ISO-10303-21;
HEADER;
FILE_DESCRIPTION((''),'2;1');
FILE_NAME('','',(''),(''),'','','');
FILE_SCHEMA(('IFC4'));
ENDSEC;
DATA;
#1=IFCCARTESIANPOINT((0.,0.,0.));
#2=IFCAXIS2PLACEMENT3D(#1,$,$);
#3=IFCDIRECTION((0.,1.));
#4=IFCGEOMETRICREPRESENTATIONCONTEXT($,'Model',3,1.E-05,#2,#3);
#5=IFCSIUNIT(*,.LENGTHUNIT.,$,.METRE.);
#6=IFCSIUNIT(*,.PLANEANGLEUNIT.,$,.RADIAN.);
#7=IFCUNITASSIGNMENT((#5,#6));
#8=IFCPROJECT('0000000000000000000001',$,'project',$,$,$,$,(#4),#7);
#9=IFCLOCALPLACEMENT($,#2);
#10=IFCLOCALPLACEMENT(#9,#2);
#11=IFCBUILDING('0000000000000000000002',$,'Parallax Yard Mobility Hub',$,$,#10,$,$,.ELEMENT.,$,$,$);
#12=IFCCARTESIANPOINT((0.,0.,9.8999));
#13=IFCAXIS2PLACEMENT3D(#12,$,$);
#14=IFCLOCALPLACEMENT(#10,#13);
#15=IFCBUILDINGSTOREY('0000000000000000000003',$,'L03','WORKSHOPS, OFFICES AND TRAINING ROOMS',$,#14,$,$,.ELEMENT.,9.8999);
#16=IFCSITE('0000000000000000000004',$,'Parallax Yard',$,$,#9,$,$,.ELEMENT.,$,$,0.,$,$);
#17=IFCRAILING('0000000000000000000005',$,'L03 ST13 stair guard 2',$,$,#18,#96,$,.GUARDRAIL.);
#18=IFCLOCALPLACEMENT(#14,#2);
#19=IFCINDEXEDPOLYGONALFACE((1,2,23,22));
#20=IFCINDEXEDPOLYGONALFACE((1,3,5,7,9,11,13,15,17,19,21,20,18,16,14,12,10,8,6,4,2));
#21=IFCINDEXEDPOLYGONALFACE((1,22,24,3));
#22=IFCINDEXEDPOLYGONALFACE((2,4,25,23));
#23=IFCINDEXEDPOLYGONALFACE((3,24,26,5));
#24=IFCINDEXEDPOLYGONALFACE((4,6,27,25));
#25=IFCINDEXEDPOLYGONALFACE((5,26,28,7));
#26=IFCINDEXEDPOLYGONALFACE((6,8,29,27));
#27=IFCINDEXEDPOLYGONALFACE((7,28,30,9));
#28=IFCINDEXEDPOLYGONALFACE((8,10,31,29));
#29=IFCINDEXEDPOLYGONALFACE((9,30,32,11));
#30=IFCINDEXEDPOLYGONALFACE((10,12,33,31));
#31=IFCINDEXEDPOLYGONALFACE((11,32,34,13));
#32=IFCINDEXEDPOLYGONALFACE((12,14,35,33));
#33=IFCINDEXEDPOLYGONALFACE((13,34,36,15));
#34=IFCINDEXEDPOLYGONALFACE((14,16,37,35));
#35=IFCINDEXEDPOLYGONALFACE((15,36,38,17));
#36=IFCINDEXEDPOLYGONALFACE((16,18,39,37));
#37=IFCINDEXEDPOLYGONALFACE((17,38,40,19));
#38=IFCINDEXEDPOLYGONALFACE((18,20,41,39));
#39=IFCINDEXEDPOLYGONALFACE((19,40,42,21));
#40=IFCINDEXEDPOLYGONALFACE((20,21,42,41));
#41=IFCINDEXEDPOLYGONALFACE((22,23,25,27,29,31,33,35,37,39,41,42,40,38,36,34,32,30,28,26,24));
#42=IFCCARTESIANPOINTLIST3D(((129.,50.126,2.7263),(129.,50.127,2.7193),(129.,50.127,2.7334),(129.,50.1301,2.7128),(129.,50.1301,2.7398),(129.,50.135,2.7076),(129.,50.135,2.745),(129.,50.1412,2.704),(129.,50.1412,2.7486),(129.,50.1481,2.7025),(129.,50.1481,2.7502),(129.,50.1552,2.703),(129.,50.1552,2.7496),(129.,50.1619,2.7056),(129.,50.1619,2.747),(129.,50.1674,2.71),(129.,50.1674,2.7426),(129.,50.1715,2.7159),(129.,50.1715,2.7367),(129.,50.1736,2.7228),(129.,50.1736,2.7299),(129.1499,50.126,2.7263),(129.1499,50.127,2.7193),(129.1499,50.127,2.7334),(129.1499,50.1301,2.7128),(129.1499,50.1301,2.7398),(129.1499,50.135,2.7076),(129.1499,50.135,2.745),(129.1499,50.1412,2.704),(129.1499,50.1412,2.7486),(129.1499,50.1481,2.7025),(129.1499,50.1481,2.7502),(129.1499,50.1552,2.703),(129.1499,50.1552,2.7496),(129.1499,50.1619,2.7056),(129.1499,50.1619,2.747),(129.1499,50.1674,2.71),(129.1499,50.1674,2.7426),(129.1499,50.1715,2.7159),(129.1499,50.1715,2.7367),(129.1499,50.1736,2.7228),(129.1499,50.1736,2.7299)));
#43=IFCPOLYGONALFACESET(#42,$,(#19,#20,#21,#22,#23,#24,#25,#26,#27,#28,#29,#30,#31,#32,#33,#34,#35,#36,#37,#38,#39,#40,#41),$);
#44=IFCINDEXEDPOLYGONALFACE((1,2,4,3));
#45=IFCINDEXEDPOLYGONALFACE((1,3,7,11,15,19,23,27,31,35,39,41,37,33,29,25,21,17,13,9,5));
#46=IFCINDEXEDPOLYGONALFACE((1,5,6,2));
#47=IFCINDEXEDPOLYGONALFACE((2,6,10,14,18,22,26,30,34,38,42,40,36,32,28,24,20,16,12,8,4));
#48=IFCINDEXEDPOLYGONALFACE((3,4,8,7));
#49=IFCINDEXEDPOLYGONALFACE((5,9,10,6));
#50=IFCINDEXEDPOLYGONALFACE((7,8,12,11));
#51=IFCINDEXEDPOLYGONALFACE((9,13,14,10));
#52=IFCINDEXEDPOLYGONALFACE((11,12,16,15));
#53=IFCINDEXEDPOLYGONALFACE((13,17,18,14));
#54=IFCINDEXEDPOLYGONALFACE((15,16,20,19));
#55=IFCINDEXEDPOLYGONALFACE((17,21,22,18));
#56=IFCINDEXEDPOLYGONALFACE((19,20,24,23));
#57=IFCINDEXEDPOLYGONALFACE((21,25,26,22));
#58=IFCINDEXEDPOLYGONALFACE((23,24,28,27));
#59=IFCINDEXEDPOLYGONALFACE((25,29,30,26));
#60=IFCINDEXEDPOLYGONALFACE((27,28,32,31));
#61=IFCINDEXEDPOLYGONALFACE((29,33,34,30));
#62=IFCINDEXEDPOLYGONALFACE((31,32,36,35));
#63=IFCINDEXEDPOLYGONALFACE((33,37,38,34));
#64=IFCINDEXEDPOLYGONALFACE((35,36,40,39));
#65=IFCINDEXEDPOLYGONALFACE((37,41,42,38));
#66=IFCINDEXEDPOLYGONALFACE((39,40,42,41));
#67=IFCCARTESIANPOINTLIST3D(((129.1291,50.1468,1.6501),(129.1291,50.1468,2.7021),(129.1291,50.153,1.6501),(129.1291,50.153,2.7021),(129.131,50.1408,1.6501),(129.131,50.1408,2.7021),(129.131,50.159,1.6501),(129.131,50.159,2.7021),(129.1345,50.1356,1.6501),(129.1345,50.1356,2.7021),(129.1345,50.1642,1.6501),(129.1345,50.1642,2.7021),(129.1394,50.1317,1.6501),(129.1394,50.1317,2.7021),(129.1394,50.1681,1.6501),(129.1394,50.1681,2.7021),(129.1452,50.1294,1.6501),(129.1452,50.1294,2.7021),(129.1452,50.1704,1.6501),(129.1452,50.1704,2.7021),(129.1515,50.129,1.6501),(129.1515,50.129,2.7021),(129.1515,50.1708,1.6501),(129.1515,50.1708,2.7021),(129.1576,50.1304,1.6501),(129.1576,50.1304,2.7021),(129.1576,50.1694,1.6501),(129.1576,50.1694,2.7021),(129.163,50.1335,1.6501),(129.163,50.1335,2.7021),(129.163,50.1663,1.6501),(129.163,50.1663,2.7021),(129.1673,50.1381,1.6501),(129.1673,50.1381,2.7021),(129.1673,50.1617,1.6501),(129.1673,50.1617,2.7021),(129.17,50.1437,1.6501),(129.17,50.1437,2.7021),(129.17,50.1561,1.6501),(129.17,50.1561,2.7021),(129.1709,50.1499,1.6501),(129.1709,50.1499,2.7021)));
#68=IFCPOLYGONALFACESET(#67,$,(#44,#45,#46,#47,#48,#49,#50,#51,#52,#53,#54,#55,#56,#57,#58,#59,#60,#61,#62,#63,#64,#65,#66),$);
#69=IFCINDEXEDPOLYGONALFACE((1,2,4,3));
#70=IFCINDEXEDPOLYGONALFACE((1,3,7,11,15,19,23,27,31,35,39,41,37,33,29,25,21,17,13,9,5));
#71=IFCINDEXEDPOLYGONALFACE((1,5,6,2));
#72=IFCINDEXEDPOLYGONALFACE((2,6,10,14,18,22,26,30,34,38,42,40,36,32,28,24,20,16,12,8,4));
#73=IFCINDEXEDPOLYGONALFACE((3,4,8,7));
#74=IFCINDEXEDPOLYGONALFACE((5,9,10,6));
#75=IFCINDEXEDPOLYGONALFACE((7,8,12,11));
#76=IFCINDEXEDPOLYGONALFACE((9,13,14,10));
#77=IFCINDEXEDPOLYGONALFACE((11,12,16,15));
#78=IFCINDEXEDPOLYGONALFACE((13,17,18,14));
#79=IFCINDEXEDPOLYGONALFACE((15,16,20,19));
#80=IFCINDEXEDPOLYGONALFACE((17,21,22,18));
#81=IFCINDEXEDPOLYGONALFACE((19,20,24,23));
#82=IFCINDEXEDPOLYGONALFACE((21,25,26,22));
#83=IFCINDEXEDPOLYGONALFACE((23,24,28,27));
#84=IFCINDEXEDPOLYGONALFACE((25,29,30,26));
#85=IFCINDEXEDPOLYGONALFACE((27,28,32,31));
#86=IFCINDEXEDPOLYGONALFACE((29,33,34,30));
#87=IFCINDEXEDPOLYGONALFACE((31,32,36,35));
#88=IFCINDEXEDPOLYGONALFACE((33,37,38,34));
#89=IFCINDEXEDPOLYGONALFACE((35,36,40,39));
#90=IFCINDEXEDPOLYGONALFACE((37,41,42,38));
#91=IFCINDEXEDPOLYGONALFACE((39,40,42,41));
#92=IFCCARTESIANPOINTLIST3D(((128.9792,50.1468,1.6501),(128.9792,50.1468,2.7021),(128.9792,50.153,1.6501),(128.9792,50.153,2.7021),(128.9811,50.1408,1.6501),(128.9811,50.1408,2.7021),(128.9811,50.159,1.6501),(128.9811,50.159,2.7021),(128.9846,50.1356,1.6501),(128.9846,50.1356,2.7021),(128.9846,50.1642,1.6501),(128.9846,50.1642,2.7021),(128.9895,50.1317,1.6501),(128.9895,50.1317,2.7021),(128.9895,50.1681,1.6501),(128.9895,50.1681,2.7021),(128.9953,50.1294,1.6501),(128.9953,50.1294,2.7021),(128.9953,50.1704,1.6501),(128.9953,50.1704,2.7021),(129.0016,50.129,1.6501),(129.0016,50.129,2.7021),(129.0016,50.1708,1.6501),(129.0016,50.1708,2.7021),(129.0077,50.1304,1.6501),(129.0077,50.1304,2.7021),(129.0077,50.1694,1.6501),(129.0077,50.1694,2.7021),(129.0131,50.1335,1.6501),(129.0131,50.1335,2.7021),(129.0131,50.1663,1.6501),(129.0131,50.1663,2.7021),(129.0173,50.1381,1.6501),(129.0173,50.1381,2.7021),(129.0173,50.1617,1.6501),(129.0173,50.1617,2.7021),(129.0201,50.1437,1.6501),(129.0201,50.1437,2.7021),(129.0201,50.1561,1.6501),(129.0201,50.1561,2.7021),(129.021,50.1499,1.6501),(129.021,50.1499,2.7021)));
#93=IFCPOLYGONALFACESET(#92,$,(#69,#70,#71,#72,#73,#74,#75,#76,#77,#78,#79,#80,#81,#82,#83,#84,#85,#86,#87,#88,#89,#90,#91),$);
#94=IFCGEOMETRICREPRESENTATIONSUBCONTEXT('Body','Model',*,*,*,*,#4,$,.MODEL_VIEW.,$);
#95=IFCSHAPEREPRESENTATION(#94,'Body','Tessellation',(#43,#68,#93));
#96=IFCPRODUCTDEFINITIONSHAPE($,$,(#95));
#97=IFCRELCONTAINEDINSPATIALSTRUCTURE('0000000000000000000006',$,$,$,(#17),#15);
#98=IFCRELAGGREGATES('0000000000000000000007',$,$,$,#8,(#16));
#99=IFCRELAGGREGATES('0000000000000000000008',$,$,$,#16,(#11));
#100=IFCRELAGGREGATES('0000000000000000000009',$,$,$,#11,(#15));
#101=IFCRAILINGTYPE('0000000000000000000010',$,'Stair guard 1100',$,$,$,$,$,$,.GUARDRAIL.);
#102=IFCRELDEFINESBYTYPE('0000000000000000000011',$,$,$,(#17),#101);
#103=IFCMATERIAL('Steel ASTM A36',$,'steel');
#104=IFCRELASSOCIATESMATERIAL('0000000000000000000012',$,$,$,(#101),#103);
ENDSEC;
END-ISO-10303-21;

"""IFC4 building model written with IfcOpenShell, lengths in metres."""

from ifc_helpers import new_model, si_unit, direction, frame, origin, origin_2d, place, context, subcontext, project, spatial, circle, extrude, material, type_object, element, save


model = new_model("IFC4")

# Units and contexts
model_context = context("Model", 3, precision=1e-05, world=origin(), true_north=direction((0.0, 1.0)))
body_context = subcontext(model_context, "Body", "Model", "MODEL_VIEW")
ifc_project = project(units=[si_unit("LENGTHUNIT", "METRE"), si_unit("PLANEANGLEUNIT", "RADIAN")], contexts=[model_context])

# Site, building, storey
site_placement = place(None, origin())
site = spatial("IfcSite", under=ifc_project, at=site_placement, Name="Parallax Yard", CompositionType="ELEMENT", RefElevation=0.0)
building_placement = place(site_placement, origin())
building = spatial("IfcBuilding", under=site, at=building_placement, Name="Parallax Yard Mobility Hub", CompositionType="ELEMENT")
storey_placement = place(building_placement, frame((0.0, 0.0, 9.8999)))
storey = spatial("IfcBuildingStorey", under=building, at=storey_placement, Name="L03", Description="WORKSHOPS, OFFICES AND TRAINING ROOMS", CompositionType="ELEMENT", Elevation=9.8999)

# Railing
ifc_material_1 = material(Name="Steel ASTM A36", Category="steel")
railing_type_1 = type_object("IfcRailingType", Name="Stair guard 1100", PredefinedType="GUARDRAIL", material=ifc_material_1)
for number, where, name in (
    (1, (129.1499, 50.1499, 1.6501), "L03 ST13 stair guard 2"),
):
    element("IfcRailing", number, at=place(storey_placement, frame(where)), inside=storey, type_object=railing_type_1, Name=name, PredefinedType="GUARDRAIL", context=body_context, shape_type="SweptSolid", body=[
        extrude(circle(Radius=0.0239, at=origin_2d()), frame((0.0, 0.0, 1.0762), z_axis=(-1.0, 0.0, 0.0), x_axis=(0.0, -1.0, 0.0)), (0.0, 0.0, 1.0), 0.1499),
        extrude(circle(Radius=0.021, at=origin_2d()), origin(), (0.0, 0.0, 1.0), 1.052),
        extrude(circle(Radius=0.021, at=origin_2d()), frame((-0.1499, 0.0, 0.0)), (0.0, 0.0, 1.0), 1.052),
    ])

save(model, "model.ifc")
